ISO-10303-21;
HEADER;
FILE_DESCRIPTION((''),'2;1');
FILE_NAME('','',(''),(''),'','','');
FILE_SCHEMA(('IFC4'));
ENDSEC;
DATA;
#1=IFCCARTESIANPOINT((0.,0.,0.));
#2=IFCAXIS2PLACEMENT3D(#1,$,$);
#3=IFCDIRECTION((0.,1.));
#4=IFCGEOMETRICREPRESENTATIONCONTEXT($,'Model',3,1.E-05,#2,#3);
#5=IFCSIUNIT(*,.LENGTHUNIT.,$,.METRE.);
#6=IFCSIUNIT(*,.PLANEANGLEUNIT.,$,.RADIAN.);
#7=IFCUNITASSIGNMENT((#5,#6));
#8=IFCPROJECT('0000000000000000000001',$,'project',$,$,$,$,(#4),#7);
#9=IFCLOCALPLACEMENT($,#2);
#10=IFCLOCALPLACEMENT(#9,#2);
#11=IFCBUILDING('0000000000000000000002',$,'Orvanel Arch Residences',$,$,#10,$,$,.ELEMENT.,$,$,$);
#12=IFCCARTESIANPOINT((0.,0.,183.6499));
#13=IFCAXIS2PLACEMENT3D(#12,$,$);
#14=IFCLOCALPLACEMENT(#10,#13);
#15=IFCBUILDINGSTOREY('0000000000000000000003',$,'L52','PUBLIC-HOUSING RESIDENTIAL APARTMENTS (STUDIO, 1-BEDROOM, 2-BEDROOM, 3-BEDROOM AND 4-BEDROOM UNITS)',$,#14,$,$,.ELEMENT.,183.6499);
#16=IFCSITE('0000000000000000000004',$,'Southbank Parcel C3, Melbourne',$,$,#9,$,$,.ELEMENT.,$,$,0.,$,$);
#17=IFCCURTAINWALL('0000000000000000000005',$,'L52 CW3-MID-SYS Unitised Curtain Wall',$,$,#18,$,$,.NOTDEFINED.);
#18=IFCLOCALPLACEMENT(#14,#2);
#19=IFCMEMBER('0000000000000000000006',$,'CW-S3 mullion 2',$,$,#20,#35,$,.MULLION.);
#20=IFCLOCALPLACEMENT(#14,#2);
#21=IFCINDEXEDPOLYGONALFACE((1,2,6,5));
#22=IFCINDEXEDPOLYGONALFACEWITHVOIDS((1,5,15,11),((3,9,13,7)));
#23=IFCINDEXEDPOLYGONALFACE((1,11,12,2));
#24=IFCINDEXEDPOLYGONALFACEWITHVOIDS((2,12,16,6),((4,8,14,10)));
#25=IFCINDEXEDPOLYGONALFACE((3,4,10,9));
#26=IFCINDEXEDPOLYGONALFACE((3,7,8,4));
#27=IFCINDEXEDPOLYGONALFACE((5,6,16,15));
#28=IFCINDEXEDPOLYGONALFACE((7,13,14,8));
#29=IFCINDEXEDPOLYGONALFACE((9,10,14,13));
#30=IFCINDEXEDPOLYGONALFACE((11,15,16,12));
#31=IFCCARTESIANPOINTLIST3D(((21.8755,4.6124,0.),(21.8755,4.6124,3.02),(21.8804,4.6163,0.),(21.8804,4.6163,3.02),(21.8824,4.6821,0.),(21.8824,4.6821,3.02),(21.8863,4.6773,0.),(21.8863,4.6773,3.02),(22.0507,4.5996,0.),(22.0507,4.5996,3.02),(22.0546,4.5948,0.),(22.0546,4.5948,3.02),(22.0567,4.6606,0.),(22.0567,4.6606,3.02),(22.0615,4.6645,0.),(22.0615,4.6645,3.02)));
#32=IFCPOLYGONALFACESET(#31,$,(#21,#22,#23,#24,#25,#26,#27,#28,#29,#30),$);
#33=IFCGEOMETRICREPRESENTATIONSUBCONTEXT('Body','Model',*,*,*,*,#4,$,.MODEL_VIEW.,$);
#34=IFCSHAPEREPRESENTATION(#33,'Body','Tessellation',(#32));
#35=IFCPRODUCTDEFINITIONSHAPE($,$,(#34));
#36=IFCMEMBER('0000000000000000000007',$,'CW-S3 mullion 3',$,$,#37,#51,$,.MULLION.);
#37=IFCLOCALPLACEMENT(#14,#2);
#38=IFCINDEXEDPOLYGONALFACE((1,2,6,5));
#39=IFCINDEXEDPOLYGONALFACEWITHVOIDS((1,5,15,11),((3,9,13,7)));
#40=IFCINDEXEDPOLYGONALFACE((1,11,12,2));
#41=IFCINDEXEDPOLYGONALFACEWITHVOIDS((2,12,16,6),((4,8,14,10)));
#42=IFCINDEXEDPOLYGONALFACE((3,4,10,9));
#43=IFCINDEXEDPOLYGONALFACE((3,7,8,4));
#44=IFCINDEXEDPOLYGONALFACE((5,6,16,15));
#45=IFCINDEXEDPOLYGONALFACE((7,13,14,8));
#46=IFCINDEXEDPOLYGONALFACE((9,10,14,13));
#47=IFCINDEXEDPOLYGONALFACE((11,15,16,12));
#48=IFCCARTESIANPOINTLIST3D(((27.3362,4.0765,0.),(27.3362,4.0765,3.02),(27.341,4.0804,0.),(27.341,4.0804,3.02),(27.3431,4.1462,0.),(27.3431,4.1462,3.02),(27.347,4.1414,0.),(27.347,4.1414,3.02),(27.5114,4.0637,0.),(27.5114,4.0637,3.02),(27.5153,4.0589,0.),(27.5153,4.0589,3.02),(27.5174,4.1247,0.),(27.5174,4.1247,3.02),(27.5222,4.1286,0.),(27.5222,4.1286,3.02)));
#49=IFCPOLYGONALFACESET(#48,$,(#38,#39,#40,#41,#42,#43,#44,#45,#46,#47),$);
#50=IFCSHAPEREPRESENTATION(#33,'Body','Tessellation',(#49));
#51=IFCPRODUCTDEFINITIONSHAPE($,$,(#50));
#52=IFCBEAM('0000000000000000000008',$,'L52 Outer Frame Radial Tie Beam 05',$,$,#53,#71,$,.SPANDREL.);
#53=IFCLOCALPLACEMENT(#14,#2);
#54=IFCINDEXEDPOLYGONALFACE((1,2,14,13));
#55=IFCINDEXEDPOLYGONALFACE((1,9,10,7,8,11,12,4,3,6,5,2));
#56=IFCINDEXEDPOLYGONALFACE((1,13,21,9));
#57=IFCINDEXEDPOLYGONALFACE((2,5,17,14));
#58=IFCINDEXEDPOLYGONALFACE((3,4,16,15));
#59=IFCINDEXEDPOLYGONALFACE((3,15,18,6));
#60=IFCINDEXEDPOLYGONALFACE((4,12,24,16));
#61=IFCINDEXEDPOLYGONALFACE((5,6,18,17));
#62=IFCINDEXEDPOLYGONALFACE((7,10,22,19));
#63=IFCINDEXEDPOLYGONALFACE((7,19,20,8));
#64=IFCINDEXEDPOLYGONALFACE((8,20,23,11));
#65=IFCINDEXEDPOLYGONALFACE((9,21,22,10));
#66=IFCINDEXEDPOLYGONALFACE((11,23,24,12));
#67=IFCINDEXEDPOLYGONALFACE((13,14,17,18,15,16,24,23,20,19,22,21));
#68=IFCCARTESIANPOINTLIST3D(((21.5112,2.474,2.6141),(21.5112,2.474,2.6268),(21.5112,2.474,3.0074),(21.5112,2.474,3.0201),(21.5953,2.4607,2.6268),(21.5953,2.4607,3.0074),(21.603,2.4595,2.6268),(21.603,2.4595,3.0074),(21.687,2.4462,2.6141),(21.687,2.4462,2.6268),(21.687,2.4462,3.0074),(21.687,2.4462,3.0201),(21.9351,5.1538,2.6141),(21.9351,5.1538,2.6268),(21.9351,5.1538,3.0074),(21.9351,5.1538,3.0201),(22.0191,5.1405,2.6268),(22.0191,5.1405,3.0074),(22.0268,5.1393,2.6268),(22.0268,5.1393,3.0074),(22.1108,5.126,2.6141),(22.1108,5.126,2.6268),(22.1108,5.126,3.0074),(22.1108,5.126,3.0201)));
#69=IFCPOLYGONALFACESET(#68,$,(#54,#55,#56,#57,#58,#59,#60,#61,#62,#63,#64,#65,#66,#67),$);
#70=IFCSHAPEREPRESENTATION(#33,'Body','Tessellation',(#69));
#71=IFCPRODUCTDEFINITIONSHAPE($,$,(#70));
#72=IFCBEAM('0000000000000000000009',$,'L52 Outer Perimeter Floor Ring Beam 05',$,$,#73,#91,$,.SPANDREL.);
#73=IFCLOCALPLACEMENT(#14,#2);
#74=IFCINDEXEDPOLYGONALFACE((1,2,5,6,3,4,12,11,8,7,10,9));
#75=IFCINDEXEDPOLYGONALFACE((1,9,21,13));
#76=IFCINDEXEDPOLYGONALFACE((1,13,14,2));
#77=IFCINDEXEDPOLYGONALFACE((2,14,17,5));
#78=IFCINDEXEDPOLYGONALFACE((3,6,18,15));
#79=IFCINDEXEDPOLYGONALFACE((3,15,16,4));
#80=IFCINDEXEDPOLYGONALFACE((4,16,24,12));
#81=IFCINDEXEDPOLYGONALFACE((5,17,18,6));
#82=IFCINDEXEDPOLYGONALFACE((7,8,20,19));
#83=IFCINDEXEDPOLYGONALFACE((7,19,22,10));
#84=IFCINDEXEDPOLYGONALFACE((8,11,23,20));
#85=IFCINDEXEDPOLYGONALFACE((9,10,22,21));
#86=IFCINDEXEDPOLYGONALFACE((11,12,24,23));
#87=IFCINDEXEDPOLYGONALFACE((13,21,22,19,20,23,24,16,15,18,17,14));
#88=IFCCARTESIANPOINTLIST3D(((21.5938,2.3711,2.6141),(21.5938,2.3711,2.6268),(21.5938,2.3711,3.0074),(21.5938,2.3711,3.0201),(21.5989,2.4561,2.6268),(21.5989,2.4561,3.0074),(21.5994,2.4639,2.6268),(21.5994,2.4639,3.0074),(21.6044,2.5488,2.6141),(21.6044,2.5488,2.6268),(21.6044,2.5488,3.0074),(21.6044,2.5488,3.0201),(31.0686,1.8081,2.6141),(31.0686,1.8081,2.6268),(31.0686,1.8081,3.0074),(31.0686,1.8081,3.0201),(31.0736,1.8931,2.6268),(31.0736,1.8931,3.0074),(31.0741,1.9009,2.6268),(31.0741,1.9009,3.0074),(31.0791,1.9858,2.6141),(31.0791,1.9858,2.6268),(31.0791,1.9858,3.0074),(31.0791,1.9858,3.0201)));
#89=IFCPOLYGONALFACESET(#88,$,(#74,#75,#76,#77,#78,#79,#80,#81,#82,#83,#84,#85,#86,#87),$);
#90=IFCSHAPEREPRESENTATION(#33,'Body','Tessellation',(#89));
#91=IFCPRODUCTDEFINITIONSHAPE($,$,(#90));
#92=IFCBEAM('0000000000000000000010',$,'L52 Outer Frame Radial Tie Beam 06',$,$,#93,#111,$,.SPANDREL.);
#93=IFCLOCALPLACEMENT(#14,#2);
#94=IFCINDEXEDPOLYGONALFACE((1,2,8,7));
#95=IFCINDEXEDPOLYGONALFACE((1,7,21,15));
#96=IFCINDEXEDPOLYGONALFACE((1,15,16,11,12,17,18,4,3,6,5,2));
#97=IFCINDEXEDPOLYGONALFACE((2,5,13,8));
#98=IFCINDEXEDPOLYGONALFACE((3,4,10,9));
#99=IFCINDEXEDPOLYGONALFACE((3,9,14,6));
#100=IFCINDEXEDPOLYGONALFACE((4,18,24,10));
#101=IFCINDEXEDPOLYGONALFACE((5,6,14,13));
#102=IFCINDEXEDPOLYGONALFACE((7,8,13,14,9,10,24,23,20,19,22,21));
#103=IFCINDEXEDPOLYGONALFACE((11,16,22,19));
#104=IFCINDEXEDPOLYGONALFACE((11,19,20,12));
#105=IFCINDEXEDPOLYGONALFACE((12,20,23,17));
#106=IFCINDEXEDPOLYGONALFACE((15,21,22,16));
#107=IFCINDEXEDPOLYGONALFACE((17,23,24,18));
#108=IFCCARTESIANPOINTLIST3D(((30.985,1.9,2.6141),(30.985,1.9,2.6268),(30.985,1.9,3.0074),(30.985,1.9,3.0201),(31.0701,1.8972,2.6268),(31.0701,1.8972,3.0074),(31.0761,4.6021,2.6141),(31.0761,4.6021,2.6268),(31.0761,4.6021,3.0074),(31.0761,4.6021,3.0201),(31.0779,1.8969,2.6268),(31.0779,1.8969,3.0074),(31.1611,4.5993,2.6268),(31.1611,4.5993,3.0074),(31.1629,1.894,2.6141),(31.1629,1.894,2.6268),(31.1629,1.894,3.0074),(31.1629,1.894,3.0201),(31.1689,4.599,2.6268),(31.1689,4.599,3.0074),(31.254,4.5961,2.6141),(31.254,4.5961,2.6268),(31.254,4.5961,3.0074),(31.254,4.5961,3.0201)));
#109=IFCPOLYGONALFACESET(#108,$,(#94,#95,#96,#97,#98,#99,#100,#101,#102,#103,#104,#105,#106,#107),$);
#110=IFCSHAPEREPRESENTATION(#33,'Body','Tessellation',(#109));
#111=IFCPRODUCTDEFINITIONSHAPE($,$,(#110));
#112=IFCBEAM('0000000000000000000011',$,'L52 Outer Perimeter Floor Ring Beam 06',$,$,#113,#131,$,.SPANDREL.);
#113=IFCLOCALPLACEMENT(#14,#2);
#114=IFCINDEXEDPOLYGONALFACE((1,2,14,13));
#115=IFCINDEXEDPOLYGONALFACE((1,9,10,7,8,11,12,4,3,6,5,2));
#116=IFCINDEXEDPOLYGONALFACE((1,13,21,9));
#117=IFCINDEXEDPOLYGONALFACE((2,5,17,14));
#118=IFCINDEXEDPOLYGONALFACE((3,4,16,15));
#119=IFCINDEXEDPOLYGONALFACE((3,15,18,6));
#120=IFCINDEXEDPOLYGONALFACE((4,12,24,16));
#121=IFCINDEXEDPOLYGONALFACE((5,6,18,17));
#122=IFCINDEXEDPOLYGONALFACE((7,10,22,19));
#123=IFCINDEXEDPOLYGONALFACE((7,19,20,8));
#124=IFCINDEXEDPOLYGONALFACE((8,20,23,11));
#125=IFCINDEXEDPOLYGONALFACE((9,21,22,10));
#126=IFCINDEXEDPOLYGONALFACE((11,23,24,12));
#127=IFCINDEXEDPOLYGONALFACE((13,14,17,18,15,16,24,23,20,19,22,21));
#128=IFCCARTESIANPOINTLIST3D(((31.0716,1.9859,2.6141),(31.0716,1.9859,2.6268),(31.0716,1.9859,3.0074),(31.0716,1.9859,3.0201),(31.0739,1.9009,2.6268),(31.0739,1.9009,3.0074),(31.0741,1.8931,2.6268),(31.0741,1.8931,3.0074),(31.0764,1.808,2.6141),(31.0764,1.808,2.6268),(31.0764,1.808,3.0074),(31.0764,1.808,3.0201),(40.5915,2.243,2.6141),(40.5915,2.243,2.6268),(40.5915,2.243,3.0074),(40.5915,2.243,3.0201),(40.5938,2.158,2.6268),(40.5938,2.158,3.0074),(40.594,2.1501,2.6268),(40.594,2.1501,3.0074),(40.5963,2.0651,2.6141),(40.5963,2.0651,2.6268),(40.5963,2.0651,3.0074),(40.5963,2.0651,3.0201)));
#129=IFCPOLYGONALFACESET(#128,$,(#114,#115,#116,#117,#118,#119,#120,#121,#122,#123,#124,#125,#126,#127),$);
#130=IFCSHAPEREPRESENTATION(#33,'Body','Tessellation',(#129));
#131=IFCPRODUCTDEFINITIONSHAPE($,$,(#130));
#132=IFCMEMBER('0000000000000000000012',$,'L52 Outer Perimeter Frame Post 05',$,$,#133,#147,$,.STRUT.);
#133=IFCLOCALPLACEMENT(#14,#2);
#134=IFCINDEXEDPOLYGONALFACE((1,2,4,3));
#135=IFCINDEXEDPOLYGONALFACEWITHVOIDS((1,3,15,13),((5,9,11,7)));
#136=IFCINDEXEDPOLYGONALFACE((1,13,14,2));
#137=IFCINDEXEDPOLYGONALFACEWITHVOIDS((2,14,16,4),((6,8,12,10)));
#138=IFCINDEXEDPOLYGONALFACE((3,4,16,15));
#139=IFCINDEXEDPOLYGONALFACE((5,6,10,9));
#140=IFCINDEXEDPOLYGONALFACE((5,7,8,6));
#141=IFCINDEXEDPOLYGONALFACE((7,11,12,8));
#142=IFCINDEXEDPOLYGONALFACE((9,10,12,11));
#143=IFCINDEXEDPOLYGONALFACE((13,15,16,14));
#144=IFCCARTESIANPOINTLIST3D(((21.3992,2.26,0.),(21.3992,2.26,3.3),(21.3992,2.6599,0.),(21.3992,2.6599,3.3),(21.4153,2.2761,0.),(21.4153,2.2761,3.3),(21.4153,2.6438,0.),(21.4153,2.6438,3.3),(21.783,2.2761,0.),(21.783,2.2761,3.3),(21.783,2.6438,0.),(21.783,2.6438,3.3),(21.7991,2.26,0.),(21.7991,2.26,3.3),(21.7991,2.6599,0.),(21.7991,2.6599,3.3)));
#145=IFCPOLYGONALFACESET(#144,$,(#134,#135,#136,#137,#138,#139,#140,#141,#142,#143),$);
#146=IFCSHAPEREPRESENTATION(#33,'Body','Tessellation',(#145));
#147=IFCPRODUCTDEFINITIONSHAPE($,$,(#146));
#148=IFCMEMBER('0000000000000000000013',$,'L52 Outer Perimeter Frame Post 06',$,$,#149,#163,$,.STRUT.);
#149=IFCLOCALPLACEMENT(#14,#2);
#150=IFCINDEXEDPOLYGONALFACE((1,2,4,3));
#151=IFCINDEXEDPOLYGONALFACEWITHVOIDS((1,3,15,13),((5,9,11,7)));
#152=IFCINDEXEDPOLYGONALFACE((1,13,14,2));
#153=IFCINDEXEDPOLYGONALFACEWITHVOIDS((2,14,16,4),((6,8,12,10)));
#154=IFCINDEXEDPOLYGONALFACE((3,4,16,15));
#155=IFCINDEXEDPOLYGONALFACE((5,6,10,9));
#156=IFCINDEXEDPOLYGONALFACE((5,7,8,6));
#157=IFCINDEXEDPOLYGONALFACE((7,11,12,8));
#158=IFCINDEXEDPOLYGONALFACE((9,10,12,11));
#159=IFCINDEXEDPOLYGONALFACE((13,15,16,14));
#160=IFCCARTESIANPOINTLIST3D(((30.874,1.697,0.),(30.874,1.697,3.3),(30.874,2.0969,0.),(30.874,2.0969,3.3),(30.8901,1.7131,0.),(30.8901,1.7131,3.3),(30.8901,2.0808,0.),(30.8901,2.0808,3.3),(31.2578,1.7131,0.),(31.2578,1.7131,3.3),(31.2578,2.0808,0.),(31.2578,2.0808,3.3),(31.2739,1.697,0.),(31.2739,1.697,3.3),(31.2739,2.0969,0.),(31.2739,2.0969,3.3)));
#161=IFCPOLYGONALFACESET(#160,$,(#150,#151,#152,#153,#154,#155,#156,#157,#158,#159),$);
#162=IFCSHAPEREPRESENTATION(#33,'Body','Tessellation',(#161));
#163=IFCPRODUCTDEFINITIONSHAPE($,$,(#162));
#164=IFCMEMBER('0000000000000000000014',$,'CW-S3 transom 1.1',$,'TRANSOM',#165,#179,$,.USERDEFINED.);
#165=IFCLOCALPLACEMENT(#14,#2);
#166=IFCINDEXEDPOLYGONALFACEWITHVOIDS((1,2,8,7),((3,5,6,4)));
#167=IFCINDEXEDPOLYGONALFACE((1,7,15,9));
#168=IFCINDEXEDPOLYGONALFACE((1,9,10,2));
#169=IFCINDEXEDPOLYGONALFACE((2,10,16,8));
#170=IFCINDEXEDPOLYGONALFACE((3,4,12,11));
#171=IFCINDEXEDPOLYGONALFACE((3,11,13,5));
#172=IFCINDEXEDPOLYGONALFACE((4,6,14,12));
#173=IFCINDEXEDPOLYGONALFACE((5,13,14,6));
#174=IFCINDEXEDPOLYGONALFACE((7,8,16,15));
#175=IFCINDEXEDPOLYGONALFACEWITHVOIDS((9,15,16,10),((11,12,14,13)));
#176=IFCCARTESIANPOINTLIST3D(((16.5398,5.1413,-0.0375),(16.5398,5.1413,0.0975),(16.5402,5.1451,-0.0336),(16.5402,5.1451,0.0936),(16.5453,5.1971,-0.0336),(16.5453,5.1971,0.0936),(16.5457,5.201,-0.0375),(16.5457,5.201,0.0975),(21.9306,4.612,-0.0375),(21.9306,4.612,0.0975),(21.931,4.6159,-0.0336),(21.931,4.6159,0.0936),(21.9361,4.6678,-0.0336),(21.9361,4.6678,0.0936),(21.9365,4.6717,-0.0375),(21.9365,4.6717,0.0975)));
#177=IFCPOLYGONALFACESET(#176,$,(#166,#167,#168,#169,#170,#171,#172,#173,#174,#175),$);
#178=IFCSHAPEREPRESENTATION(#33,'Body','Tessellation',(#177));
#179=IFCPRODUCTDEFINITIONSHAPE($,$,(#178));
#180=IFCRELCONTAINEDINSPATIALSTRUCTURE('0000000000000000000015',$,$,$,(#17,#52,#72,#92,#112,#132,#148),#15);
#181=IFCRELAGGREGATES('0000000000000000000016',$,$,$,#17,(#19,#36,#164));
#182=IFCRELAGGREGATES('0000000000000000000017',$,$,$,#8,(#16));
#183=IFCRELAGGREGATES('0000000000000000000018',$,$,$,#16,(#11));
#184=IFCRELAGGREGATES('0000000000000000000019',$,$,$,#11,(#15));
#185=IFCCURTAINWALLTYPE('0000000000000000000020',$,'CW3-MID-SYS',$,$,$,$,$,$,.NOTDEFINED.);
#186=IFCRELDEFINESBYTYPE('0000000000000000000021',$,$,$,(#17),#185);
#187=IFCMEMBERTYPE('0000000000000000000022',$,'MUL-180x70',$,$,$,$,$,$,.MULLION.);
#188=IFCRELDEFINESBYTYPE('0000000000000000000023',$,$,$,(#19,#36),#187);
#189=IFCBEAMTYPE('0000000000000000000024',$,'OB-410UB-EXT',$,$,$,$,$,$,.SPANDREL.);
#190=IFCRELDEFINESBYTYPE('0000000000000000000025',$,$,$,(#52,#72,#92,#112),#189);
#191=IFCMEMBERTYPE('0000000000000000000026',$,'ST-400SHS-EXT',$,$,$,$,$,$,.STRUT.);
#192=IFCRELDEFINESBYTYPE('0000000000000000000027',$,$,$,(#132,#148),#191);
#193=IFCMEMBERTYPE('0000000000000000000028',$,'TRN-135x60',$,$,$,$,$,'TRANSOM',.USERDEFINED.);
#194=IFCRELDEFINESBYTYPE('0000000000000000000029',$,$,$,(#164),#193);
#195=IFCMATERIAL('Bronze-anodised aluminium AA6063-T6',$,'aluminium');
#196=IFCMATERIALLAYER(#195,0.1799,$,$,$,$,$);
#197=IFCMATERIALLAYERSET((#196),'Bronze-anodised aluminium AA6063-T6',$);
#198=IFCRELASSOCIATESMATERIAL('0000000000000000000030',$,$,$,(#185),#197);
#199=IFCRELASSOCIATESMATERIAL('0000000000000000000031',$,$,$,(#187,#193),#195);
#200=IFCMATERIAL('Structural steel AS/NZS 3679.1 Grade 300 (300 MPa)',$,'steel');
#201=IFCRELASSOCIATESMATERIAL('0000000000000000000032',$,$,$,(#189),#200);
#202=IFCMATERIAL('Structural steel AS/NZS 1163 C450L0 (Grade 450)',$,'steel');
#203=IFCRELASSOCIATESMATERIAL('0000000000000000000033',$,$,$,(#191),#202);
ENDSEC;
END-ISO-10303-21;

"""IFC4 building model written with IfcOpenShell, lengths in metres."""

from ifc_helpers import new_model, si_unit, direction, frame, origin, origin_2d, place, context, subcontext, project, spatial, hollow_rectangle, i_section, extrude, material, layer, layer_set, material_profile, profile_set, type_object, element, aggregate, save


model = new_model("IFC4")

# Units and contexts
model_context = context("Model", 3, precision=1e-05, world=origin(), true_north=direction((0.0, 1.0)))
body_context = subcontext(model_context, "Body", "Model", "MODEL_VIEW")
ifc_project = project(units=[si_unit("LENGTHUNIT", "METRE"), si_unit("PLANEANGLEUNIT", "RADIAN")], contexts=[model_context])

# Site, building, storey
site_placement = place(None, origin())
site = spatial("IfcSite", under=ifc_project, at=site_placement, Name="Southbank Parcel C3, Melbourne", CompositionType="ELEMENT", RefElevation=0.0)
building_placement = place(site_placement, origin())
building = spatial("IfcBuilding", under=site, at=building_placement, Name="Orvanel Arch Residences", CompositionType="ELEMENT")
storey_placement = place(building_placement, frame((0.0, 0.0, 183.6499)))
storey = spatial("IfcBuildingStorey", under=building, at=storey_placement, Name="L52", Description="PUBLIC-HOUSING RESIDENTIAL APARTMENTS (STUDIO, 1-BEDROOM, 2-BEDROOM, 3-BEDROOM AND 4-BEDROOM UNITS)", CompositionType="ELEMENT", Elevation=183.6499)

# Curtain wall, members
ifc_material_1 = material(Name="Bronze-anodised aluminium AA6063-T6", Category="aluminium")
ifc_layer_1 = layer(ifc_material_1, 0.1799)
ifc_layer_set_1 = layer_set([ifc_layer_1], Name="Bronze-anodised aluminium AA6063-T6")
curtain_wall_type = type_object("IfcCurtainWallType", Name="CW3-MID-SYS", PredefinedType="NOTDEFINED", material=ifc_layer_set_1)
curtain_wall_placement = place(storey_placement, origin())
curtain_wall = element("IfcCurtainWall", 1, at=curtain_wall_placement, inside=storey, type_object=curtain_wall_type, Name="L52 CW3-MID-SYS Unitised Curtain Wall", PredefinedType="NOTDEFINED")
ifc_material_profile_1 = material_profile(ifc_material_1, hollow_rectangle(XDim=0.0701, YDim=0.1799, WallThickness=0.0044, at=origin_2d()), Name="ALU180x70x4.5")
ifc_profile_set_1 = profile_set([ifc_material_profile_1], Name="Bronze-anodised aluminium AA6063-T6")
member_type_1 = type_object("IfcMemberType", Name="MUL-180x70", PredefinedType="MULLION", material=ifc_profile_set_1)
member_1_placement = place(storey_placement, frame((21.9685, 4.6384, 0.0), z_axis=(0.0, 0.0, 1.0), x_axis=(0.097702, 0.995216, 0.0)))
member_1 = element("IfcMember", 2, at=member_1_placement, type_object=member_type_1, Name="CW-S3 mullion 2", PredefinedType="MULLION", context=body_context, shape_type="SweptSolid", body=[
    extrude(hollow_rectangle(XDim=0.0701, YDim=0.1799, WallThickness=0.0044, at=origin_2d()), origin(), (0.0, 0.0, 1.0), 3.02),
])
member_2_placement = place(storey_placement, frame((27.4292, 4.1025, 0.0), z_axis=(0.0, 0.0, 1.0), x_axis=(0.097702, 0.995216, 0.0)))
member_2 = element("IfcMember", 3, at=member_2_placement, type_object=member_type_1, Name="CW-S3 mullion 3", PredefinedType="MULLION", context=body_context, shape_type="SweptSolid", body=[
    extrude(hollow_rectangle(XDim=0.0701, YDim=0.1799, WallThickness=0.0044, at=origin_2d()), origin(), (0.0, 0.0, 1.0), 3.02),
])

# Beams
ifc_material_2 = material(Name="Structural steel AS/NZS 3679.1 Grade 300 (300 MPa)", Category="steel")
ifc_material_profile_2 = material_profile(ifc_material_2, i_section(OverallWidth=0.178, OverallDepth=0.406, WebThickness=0.0078, FlangeThickness=0.0127, at=origin_2d()), Name="410UB59.7")
ifc_profile_set_2 = profile_set([ifc_material_profile_2], Name="Structural steel AS/NZS 3679.1 Grade 300 (300 MPa)")
beam_type = type_object("IfcBeamType", Name="OB-410UB-EXT", PredefinedType="SPANDREL", material=ifc_profile_set_2)
beam_1_placement = place(storey_placement, frame((22.0229, 5.1399, 2.8171), z_axis=(-0.156207, -0.987724, 0.0), x_axis=(0.987724, -0.156207, 0.0)))
element("IfcBeam", 4, at=beam_1_placement, inside=storey, type_object=beam_type, Name="L52 Outer Frame Radial Tie Beam 05", PredefinedType="SPANDREL", context=body_context, shape_type="SweptSolid", body=[
    extrude(i_section(OverallWidth=0.178, OverallDepth=0.406, WebThickness=0.0078, FlangeThickness=0.0127, at=origin_2d()), origin(), (0.0, 0.0, 1.0), 2.7131),
])
beam_2_placement = place(storey_placement, frame((21.5991, 2.46, 2.8171), z_axis=(0.998239, -0.059315, 0.0), x_axis=(0.059315, 0.998239, 0.0)))
element("IfcBeam", 5, at=beam_2_placement, inside=storey, type_object=beam_type, Name="L52 Outer Perimeter Floor Ring Beam 05", PredefinedType="SPANDREL", context=body_context, shape_type="SweptSolid", body=[
    extrude(i_section(OverallWidth=0.178, OverallDepth=0.406, WebThickness=0.0078, FlangeThickness=0.0127, at=origin_2d()), origin(), (0.0, 0.0, 1.0), 9.4915),
])
beam_3_placement = place(storey_placement, frame((31.165, 4.5991, 2.8171), z_axis=(-0.033682, -0.999433, 0.0), x_axis=(0.999433, -0.033682, 0.0)))
element("IfcBeam", 6, at=beam_3_placement, inside=storey, type_object=beam_type, Name="L52 Outer Frame Radial Tie Beam 06", PredefinedType="SPANDREL", context=body_context, shape_type="SweptSolid", body=[
    extrude(i_section(OverallWidth=0.178, OverallDepth=0.406, WebThickness=0.0078, FlangeThickness=0.0127, at=origin_2d()), origin(), (0.0, 0.0, 1.0), 2.7036),
])
beam_4_placement = place(storey_placement, frame((31.074, 1.897, 2.8171), z_axis=(0.999636, 0.026994, 0.0), x_axis=(-0.026994, 0.999636, 0.0)))
element("IfcBeam", 7, at=beam_4_placement, inside=storey, type_object=beam_type, Name="L52 Outer Perimeter Floor Ring Beam 06", PredefinedType="SPANDREL", context=body_context, shape_type="SweptSolid", body=[
    extrude(i_section(OverallWidth=0.178, OverallDepth=0.406, WebThickness=0.0078, FlangeThickness=0.0127, at=origin_2d()), origin(), (0.0, 0.0, 1.0), 9.5234),
])

# Members
ifc_material_3 = material(Name="Structural steel AS/NZS 1163 C450L0 (Grade 450)", Category="steel")
ifc_material_profile_3 = material_profile(ifc_material_3, hollow_rectangle(XDim=0.3999, YDim=0.3999, WallThickness=0.0161, at=origin_2d()), Name="SHS400x400x16")
ifc_profile_set_3 = profile_set([ifc_material_profile_3], Name="Structural steel AS/NZS 1163 C450L0 (Grade 450)")
member_type_2 = type_object("IfcMemberType", Name="ST-400SHS-EXT", PredefinedType="STRUT", material=ifc_profile_set_3)
for number, where, z_axis, x_axis, name in (
    (8, (21.5991, 2.46, 0.0), (0.0, 0.0, 1.0), (1.0, 0.0, 0.0), "L52 Outer Perimeter Frame Post 05"),
    (9, (31.074, 1.897, 0.0), (0.0, 0.0, 1.0), (1.0, 0.0, 0.0), "L52 Outer Perimeter Frame Post 06"),
):
    element("IfcMember", number, at=place(storey_placement, frame(where, z_axis=z_axis, x_axis=x_axis)), inside=storey, type_object=member_type_2, Name=name, PredefinedType="STRUT", context=body_context, shape_type="SweptSolid", body=[
        extrude(hollow_rectangle(XDim=0.3999, YDim=0.3999, WallThickness=0.0161, at=origin_2d()), origin(), (0.0, 0.0, 1.0), 3.3),
    ])

# Member
ifc_material_profile_4 = material_profile(ifc_material_1, hollow_rectangle(XDim=0.0601, YDim=0.135, WallThickness=0.0039, at=origin_2d()), Name="ALU135x60x4")
ifc_profile_set_4 = profile_set([ifc_material_profile_4], Name="Bronze-anodised aluminium AA6063-T6")
member_type_3 = type_object("IfcMemberType", Name="TRN-135x60", ElementType="TRANSOM", PredefinedType="USERDEFINED", material=ifc_profile_set_4)
member_3_placement = place(storey_placement, frame((16.5427, 5.1711, 0.03), z_axis=(0.995215, -0.097714, 0.0), x_axis=(0.097714, 0.995215, 0.0)))
member_3 = element("IfcMember", 10, at=member_3_placement, type_object=member_type_3, Name="CW-S3 transom 1.1", ObjectType="TRANSOM", PredefinedType="USERDEFINED", context=body_context, shape_type="SweptSolid", body=[
    extrude(hollow_rectangle(XDim=0.0601, YDim=0.135, WallThickness=0.0039, at=origin_2d()), origin(), (0.0, 0.0, 1.0), 5.4167),
])

aggregate(curtain_wall, [member_1, member_2, member_3])

save(model, "model.ifc")
